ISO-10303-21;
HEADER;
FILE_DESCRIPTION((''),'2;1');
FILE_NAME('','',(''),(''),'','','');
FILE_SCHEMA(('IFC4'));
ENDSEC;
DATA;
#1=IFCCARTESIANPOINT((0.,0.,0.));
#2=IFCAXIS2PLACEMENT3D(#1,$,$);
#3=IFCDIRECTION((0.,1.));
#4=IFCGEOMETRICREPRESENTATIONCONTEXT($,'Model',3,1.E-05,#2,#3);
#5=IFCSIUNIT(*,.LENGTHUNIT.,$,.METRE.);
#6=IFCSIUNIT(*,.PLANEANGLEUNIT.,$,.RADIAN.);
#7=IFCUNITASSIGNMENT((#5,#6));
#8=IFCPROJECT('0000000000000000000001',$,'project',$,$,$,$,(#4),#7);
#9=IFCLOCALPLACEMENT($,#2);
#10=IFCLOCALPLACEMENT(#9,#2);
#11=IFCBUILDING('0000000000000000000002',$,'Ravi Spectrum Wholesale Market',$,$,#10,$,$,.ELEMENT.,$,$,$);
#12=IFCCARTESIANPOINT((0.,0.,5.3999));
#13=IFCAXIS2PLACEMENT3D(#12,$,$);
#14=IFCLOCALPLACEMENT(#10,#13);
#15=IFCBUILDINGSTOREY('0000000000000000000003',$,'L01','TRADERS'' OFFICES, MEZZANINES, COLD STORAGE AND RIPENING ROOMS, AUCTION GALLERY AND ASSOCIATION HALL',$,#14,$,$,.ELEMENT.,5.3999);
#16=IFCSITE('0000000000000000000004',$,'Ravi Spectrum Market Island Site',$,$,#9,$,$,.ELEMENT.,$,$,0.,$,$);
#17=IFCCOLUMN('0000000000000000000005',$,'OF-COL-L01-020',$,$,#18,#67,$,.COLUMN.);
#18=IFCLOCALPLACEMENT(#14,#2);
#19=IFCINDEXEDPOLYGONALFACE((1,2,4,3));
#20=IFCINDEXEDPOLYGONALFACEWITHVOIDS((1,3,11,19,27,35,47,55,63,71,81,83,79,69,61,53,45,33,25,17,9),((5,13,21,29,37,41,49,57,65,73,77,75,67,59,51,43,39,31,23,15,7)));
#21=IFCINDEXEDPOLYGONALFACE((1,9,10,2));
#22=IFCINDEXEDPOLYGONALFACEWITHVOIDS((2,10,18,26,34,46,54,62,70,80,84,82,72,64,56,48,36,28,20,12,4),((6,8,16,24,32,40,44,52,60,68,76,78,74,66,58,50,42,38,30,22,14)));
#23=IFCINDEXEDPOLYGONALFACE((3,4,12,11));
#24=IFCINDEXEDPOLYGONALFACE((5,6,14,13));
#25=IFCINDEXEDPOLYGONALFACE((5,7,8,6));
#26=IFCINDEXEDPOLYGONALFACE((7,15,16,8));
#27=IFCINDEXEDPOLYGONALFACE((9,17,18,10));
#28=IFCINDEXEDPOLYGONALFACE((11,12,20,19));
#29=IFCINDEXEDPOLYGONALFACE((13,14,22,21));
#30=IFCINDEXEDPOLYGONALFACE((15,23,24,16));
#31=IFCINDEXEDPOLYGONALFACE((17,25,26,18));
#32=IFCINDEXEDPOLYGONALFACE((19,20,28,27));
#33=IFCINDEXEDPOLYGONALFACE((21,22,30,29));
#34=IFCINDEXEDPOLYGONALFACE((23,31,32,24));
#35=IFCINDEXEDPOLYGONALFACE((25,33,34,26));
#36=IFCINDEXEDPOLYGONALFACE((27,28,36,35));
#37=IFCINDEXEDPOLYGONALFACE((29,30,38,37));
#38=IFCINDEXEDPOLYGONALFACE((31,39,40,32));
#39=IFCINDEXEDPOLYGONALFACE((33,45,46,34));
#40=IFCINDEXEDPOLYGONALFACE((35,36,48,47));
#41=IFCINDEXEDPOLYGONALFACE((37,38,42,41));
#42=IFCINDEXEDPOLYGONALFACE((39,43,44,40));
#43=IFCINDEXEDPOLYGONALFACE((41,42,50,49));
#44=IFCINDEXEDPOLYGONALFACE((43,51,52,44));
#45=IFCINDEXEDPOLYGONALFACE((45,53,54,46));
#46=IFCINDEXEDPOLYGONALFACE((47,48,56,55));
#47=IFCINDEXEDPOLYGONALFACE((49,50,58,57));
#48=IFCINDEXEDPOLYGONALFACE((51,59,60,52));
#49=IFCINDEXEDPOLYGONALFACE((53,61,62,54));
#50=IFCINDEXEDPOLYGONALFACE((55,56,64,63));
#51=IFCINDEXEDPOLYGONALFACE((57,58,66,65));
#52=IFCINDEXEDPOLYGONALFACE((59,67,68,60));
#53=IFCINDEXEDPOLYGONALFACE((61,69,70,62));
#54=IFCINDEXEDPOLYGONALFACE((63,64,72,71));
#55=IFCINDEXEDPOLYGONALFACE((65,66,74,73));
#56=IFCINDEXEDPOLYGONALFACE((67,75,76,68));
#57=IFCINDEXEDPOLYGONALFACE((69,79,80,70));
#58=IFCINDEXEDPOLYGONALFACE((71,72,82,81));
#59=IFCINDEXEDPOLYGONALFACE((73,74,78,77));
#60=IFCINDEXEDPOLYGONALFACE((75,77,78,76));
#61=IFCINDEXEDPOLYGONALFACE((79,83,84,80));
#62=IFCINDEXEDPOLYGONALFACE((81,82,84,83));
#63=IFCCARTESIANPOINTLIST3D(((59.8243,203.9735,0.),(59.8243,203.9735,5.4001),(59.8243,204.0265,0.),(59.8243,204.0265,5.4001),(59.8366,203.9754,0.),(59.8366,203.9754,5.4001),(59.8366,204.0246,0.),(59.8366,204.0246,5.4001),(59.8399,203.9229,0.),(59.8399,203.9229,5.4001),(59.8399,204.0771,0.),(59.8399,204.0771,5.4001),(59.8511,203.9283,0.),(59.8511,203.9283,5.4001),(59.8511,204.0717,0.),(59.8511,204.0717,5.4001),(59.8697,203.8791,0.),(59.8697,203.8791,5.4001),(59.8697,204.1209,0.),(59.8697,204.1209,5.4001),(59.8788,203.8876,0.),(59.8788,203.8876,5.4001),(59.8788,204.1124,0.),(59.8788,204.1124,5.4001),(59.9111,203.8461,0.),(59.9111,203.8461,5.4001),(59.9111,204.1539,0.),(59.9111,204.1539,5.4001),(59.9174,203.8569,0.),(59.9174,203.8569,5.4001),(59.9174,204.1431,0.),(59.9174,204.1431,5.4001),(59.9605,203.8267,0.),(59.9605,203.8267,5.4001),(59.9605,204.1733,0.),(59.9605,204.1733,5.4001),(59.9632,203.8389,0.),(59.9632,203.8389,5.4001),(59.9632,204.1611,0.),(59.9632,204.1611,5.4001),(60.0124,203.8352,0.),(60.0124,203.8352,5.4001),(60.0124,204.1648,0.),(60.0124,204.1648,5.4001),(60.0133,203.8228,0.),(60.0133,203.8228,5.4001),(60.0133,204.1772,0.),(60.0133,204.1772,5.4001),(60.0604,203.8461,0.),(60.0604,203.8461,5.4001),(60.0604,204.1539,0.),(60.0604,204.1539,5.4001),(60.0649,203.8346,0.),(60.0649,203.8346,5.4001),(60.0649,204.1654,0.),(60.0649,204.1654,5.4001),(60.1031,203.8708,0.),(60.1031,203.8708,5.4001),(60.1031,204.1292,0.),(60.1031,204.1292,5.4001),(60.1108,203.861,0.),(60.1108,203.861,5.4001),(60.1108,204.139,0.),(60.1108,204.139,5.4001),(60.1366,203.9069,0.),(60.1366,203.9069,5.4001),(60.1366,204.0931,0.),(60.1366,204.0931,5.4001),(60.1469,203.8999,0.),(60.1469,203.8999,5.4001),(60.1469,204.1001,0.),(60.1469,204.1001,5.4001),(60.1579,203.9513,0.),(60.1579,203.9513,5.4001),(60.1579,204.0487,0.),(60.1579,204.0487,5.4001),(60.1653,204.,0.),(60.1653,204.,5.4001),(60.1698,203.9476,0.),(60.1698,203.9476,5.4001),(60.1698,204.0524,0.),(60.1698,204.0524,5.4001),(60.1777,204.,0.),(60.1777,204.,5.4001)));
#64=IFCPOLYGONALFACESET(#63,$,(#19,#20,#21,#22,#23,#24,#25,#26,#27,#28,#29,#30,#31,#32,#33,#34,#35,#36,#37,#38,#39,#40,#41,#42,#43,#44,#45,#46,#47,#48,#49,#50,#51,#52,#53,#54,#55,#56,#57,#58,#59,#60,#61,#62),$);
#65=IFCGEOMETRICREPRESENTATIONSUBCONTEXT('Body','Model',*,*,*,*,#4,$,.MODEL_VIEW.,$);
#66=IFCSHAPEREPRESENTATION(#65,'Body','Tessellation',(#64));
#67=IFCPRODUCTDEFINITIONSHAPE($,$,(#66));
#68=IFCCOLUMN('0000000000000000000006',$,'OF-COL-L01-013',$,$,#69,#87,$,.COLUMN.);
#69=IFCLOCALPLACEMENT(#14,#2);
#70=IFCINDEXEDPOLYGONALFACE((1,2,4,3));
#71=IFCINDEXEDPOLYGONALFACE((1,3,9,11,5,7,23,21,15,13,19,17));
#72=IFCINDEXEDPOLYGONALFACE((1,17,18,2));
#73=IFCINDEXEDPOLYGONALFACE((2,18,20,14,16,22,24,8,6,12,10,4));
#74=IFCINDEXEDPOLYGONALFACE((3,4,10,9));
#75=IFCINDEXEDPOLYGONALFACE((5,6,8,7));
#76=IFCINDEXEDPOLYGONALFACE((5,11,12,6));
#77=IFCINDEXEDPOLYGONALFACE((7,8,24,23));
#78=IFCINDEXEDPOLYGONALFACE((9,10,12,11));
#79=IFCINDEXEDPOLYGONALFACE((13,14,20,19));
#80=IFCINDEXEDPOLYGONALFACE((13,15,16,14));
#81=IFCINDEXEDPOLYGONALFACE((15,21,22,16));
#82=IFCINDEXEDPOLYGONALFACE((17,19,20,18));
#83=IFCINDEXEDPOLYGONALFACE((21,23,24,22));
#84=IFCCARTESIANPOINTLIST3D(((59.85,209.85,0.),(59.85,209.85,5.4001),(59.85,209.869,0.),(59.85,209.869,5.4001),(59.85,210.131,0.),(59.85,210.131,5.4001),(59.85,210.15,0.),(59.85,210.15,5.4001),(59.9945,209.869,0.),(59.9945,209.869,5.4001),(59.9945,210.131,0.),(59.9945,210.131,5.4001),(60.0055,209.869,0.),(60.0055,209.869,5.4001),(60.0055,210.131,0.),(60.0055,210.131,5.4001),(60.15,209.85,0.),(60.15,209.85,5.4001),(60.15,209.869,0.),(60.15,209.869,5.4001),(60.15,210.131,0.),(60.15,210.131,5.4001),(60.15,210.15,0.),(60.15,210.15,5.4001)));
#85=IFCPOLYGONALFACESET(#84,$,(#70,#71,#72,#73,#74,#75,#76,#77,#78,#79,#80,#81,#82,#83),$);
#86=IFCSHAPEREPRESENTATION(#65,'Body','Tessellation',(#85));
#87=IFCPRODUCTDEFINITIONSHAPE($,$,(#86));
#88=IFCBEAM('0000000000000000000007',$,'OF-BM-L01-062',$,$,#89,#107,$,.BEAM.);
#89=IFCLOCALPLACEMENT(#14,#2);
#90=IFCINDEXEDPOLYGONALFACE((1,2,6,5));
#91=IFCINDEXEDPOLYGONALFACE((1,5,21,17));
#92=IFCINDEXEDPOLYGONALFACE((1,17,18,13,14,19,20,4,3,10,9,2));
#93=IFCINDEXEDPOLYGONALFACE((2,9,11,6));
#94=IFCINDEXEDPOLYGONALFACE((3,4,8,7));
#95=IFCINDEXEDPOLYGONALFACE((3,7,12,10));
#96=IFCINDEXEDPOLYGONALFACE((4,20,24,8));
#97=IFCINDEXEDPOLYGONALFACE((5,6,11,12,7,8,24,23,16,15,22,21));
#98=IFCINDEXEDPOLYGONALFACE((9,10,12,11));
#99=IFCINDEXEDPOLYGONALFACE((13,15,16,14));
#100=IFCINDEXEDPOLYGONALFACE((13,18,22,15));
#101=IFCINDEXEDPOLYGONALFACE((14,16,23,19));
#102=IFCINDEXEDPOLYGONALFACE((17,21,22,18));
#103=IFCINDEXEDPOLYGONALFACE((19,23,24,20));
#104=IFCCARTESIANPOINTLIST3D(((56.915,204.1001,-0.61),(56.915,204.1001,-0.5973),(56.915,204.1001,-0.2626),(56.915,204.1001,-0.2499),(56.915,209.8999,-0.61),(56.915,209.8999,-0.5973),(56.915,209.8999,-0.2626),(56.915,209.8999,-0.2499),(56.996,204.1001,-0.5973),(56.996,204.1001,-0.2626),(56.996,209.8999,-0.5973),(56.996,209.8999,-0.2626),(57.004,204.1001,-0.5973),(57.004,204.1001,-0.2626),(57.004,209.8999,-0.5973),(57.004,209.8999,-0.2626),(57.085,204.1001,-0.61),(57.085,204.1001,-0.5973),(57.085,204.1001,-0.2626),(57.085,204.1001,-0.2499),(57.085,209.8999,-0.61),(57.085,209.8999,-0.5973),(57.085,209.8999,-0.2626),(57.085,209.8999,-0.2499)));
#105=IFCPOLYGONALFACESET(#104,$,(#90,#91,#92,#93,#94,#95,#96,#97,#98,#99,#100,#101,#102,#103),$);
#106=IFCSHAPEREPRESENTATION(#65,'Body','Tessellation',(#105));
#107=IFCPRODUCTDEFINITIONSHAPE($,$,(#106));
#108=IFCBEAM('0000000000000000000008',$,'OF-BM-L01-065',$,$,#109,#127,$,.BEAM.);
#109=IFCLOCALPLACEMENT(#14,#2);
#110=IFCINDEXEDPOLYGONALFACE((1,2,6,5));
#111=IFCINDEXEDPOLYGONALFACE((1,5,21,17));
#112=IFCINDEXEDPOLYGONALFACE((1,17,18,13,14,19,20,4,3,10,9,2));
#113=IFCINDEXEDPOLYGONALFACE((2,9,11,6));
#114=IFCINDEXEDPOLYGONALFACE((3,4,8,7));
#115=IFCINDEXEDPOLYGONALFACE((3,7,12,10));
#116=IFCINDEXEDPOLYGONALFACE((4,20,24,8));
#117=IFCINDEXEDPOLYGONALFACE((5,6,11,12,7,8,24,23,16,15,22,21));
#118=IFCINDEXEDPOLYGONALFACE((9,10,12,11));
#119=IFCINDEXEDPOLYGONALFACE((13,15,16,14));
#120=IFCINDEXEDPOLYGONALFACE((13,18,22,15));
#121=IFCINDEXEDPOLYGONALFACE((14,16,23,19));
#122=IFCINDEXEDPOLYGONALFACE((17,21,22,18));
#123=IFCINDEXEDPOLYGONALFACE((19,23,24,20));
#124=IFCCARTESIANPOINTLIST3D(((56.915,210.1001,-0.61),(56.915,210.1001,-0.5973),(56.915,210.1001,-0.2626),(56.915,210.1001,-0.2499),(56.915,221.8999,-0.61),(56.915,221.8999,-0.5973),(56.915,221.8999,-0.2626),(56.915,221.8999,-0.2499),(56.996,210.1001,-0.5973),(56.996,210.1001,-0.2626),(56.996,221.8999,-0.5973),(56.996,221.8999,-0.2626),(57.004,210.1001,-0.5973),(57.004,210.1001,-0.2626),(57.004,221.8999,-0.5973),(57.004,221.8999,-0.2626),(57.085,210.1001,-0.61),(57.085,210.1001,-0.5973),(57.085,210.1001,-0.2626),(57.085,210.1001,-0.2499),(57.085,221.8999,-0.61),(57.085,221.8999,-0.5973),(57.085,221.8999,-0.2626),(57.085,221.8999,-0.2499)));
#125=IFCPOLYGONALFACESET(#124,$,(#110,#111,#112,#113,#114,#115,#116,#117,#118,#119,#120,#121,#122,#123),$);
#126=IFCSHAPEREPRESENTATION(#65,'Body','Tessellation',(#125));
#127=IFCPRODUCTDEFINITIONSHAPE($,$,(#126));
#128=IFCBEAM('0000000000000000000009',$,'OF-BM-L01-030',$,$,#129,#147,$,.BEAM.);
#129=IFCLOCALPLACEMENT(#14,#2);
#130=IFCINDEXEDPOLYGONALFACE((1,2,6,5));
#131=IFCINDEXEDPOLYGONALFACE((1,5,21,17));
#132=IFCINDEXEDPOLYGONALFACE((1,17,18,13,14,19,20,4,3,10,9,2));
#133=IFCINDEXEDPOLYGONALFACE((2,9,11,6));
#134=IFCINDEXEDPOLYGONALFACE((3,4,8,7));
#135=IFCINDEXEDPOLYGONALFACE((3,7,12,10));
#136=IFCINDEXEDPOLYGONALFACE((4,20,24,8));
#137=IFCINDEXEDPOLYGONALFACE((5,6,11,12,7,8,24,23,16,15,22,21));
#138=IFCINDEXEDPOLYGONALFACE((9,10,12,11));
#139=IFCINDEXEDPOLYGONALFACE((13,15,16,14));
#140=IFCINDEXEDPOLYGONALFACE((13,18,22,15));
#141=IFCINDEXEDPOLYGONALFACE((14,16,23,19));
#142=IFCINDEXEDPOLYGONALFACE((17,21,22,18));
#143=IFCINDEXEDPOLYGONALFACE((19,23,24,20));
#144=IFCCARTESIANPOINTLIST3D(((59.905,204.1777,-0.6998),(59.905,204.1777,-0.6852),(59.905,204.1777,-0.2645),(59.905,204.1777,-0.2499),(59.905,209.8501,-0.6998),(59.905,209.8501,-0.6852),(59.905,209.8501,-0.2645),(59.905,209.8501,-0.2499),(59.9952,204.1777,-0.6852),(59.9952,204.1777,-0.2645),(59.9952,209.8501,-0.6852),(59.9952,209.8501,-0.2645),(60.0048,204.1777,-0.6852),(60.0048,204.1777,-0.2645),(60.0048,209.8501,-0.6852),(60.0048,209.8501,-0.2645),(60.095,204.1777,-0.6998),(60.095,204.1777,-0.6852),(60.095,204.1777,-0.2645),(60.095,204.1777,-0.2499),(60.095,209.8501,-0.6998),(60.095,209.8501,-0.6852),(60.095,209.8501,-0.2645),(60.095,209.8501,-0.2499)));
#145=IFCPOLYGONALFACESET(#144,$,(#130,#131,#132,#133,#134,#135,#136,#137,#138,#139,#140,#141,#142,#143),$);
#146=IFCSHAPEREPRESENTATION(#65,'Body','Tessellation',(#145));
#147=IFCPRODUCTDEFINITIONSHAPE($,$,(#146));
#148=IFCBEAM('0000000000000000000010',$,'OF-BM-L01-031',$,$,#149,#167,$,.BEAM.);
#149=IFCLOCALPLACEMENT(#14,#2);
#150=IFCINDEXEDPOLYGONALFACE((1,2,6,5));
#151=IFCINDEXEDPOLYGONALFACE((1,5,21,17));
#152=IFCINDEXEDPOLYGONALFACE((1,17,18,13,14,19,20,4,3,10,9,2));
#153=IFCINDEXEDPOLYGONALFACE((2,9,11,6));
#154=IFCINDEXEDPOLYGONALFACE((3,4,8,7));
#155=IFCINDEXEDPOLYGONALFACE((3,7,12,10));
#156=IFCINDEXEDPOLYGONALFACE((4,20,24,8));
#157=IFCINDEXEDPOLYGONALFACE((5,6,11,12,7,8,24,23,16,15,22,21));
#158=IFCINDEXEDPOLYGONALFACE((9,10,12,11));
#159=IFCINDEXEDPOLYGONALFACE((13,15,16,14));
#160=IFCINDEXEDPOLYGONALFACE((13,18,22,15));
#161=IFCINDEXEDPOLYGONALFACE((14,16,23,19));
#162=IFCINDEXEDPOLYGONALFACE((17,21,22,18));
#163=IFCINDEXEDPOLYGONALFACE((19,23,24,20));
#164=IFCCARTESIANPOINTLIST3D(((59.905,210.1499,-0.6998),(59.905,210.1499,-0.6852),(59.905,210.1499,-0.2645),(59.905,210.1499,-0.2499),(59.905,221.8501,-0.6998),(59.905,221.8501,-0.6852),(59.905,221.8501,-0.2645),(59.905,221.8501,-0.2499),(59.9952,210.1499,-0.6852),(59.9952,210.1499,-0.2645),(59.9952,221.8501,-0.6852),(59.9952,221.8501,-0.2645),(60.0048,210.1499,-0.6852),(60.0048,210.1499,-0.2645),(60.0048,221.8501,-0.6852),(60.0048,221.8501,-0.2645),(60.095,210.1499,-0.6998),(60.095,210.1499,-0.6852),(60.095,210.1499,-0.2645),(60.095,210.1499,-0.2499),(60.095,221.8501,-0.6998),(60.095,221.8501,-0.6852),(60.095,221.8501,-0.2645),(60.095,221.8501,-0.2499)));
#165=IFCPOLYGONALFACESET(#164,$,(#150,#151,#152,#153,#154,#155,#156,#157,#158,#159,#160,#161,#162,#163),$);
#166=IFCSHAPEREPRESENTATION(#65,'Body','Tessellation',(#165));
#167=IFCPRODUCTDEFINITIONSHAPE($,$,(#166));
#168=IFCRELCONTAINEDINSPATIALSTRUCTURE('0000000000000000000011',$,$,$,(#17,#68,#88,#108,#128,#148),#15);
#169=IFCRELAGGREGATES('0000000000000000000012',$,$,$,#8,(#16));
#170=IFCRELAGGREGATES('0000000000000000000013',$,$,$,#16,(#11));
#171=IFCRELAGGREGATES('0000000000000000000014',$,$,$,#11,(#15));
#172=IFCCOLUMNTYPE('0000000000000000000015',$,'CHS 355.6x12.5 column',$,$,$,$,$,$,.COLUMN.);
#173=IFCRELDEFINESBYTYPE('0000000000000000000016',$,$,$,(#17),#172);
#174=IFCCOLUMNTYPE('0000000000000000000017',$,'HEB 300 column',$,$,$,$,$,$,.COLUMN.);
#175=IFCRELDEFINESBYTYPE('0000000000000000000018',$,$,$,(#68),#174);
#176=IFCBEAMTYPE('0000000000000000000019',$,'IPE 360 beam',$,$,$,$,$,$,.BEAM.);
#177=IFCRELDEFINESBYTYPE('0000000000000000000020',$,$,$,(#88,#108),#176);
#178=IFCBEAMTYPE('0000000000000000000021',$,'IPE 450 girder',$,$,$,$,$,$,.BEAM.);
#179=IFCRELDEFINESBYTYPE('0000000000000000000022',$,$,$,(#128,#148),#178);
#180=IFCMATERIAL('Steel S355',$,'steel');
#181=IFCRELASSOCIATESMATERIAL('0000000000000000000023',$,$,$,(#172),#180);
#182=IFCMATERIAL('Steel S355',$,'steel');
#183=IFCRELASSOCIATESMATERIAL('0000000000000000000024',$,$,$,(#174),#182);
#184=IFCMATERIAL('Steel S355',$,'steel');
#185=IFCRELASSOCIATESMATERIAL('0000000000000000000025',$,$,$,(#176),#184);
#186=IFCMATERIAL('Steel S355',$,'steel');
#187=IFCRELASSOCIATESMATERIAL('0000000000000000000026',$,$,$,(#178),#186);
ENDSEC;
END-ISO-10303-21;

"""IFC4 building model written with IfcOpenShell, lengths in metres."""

from ifc_helpers import new_model, si_unit, direction, frame, origin, origin_2d, place, context, subcontext, project, spatial, hollow_circle, i_section, extrude, material, material_profile, profile_set, type_object, element, save


model = new_model("IFC4")

# Units and contexts
model_context = context("Model", 3, precision=1e-05, world=origin(), true_north=direction((0.0, 1.0)))
body_context = subcontext(model_context, "Body", "Model", "MODEL_VIEW")
ifc_project = project(units=[si_unit("LENGTHUNIT", "METRE"), si_unit("PLANEANGLEUNIT", "RADIAN")], contexts=[model_context])

# Site, building, storey
site_placement = place(None, origin())
site = spatial("IfcSite", under=ifc_project, at=site_placement, Name="Ravi Spectrum Market Island Site", CompositionType="ELEMENT", RefElevation=0.0)
building_placement = place(site_placement, origin())
building = spatial("IfcBuilding", under=site, at=building_placement, Name="Ravi Spectrum Wholesale Market", CompositionType="ELEMENT")
storey_placement = place(building_placement, frame((0.0, 0.0, 5.3999)))
storey = spatial("IfcBuildingStorey", under=building, at=storey_placement, Name="L01", Description="TRADERS' OFFICES, MEZZANINES, COLD STORAGE AND RIPENING ROOMS, AUCTION GALLERY AND ASSOCIATION HALL", CompositionType="ELEMENT", Elevation=5.3999)

# Columns
ifc_material_1 = material(Name="Steel S355", Category="steel")
ifc_material_profile_1 = material_profile(ifc_material_1, hollow_circle(Radius=0.1777, WallThickness=0.0125, at=origin_2d()))
ifc_profile_set_1 = profile_set([ifc_material_profile_1], Name="Steel S355")
column_type_1 = type_object("IfcColumnType", Name="CHS 355.6x12.5 column", PredefinedType="COLUMN", material=ifc_profile_set_1)
column_1_placement = place(storey_placement, frame((60.0, 204.0, 0.0), z_axis=(0.0, 0.0, 1.0), x_axis=(1.0, 0.0, 0.0)))
element("IfcColumn", 1, at=column_1_placement, inside=storey, type_object=column_type_1, Name="OF-COL-L01-020", PredefinedType="COLUMN", context=body_context, shape_type="SweptSolid", body=[
    extrude(hollow_circle(Radius=0.1777, WallThickness=0.0125, at=origin_2d()), origin(), (0.0, 0.0, 1.0), 5.4001),
])
ifc_material_2 = material(Name="Steel S355", Category="steel")
ifc_material_profile_2 = material_profile(ifc_material_2, i_section(OverallWidth=0.3, OverallDepth=0.3, WebThickness=0.011, FlangeThickness=0.019, at=origin_2d()))
ifc_profile_set_2 = profile_set([ifc_material_profile_2], Name="Steel S355")
column_type_2 = type_object("IfcColumnType", Name="HEB 300 column", PredefinedType="COLUMN", material=ifc_profile_set_2)
column_2_placement = place(storey_placement, frame((60.0, 210.0, 0.0), z_axis=(0.0, 0.0, 1.0), x_axis=(1.0, 0.0, 0.0)))
element("IfcColumn", 2, at=column_2_placement, inside=storey, type_object=column_type_2, Name="OF-COL-L01-013", PredefinedType="COLUMN", context=body_context, shape_type="SweptSolid", body=[
    extrude(i_section(OverallWidth=0.3, OverallDepth=0.3, WebThickness=0.011, FlangeThickness=0.019, at=origin_2d()), origin(), (0.0, 0.0, 1.0), 5.4001),
])

# Beams
ifc_material_3 = material(Name="Steel S355", Category="steel")
ifc_material_profile_3 = material_profile(ifc_material_3, i_section(OverallWidth=0.1699, OverallDepth=0.3601, WebThickness=0.0081, FlangeThickness=0.0127, at=origin_2d()))
ifc_profile_set_3 = profile_set([ifc_material_profile_3], Name="Steel S355")
beam_type_1 = type_object("IfcBeamType", Name="IPE 360 beam", PredefinedType="BEAM", material=ifc_profile_set_3)
beam_1_placement = place(storey_placement, frame((57.0, 204.1001, -0.4299), z_axis=(0.0, 1.0, 0.0), x_axis=(-1.0, 0.0, 0.0)))
element("IfcBeam", 3, at=beam_1_placement, inside=storey, type_object=beam_type_1, Name="OF-BM-L01-062", PredefinedType="BEAM", context=body_context, shape_type="SweptSolid", body=[
    extrude(i_section(OverallWidth=0.1699, OverallDepth=0.3601, WebThickness=0.0081, FlangeThickness=0.0127, at=origin_2d()), origin(), (0.0, 0.0, 1.0), 5.7998),
])
beam_2_placement = place(storey_placement, frame((57.0, 210.1001, -0.4299), z_axis=(0.0, 1.0, 0.0), x_axis=(-1.0, 0.0, 0.0)))
element("IfcBeam", 4, at=beam_2_placement, inside=storey, type_object=beam_type_1, Name="OF-BM-L01-065", PredefinedType="BEAM", context=body_context, shape_type="SweptSolid", body=[
    extrude(i_section(OverallWidth=0.1699, OverallDepth=0.3601, WebThickness=0.0081, FlangeThickness=0.0127, at=origin_2d()), origin(), (0.0, 0.0, 1.0), 11.7998),
])
ifc_material_4 = material(Name="Steel S355", Category="steel")
ifc_material_profile_4 = material_profile(ifc_material_4, i_section(OverallWidth=0.1899, OverallDepth=0.45, WebThickness=0.0095, FlangeThickness=0.0146, at=origin_2d()))
ifc_profile_set_4 = profile_set([ifc_material_profile_4], Name="Steel S355")
beam_type_2 = type_object("IfcBeamType", Name="IPE 450 girder", PredefinedType="BEAM", material=ifc_profile_set_4)
beam_3_placement = place(storey_placement, frame((60.0, 204.1777, -0.4749), z_axis=(0.0, 1.0, 0.0), x_axis=(-1.0, 0.0, 0.0)))
element("IfcBeam", 5, at=beam_3_placement, inside=storey, type_object=beam_type_2, Name="OF-BM-L01-030", PredefinedType="BEAM", context=body_context, shape_type="SweptSolid", body=[
    extrude(i_section(OverallWidth=0.1899, OverallDepth=0.45, WebThickness=0.0095, FlangeThickness=0.0146, at=origin_2d()), origin(), (0.0, 0.0, 1.0), 5.6724),
])
beam_4_placement = place(storey_placement, frame((60.0, 210.1499, -0.4749), z_axis=(0.0, 1.0, 0.0), x_axis=(-1.0, 0.0, 0.0)))
element("IfcBeam", 6, at=beam_4_placement, inside=storey, type_object=beam_type_2, Name="OF-BM-L01-031", PredefinedType="BEAM", context=body_context, shape_type="SweptSolid", body=[
    extrude(i_section(OverallWidth=0.1899, OverallDepth=0.45, WebThickness=0.0095, FlangeThickness=0.0146, at=origin_2d()), origin(), (0.0, 0.0, 1.0), 11.7002),
])

save(model, "model.ifc")
